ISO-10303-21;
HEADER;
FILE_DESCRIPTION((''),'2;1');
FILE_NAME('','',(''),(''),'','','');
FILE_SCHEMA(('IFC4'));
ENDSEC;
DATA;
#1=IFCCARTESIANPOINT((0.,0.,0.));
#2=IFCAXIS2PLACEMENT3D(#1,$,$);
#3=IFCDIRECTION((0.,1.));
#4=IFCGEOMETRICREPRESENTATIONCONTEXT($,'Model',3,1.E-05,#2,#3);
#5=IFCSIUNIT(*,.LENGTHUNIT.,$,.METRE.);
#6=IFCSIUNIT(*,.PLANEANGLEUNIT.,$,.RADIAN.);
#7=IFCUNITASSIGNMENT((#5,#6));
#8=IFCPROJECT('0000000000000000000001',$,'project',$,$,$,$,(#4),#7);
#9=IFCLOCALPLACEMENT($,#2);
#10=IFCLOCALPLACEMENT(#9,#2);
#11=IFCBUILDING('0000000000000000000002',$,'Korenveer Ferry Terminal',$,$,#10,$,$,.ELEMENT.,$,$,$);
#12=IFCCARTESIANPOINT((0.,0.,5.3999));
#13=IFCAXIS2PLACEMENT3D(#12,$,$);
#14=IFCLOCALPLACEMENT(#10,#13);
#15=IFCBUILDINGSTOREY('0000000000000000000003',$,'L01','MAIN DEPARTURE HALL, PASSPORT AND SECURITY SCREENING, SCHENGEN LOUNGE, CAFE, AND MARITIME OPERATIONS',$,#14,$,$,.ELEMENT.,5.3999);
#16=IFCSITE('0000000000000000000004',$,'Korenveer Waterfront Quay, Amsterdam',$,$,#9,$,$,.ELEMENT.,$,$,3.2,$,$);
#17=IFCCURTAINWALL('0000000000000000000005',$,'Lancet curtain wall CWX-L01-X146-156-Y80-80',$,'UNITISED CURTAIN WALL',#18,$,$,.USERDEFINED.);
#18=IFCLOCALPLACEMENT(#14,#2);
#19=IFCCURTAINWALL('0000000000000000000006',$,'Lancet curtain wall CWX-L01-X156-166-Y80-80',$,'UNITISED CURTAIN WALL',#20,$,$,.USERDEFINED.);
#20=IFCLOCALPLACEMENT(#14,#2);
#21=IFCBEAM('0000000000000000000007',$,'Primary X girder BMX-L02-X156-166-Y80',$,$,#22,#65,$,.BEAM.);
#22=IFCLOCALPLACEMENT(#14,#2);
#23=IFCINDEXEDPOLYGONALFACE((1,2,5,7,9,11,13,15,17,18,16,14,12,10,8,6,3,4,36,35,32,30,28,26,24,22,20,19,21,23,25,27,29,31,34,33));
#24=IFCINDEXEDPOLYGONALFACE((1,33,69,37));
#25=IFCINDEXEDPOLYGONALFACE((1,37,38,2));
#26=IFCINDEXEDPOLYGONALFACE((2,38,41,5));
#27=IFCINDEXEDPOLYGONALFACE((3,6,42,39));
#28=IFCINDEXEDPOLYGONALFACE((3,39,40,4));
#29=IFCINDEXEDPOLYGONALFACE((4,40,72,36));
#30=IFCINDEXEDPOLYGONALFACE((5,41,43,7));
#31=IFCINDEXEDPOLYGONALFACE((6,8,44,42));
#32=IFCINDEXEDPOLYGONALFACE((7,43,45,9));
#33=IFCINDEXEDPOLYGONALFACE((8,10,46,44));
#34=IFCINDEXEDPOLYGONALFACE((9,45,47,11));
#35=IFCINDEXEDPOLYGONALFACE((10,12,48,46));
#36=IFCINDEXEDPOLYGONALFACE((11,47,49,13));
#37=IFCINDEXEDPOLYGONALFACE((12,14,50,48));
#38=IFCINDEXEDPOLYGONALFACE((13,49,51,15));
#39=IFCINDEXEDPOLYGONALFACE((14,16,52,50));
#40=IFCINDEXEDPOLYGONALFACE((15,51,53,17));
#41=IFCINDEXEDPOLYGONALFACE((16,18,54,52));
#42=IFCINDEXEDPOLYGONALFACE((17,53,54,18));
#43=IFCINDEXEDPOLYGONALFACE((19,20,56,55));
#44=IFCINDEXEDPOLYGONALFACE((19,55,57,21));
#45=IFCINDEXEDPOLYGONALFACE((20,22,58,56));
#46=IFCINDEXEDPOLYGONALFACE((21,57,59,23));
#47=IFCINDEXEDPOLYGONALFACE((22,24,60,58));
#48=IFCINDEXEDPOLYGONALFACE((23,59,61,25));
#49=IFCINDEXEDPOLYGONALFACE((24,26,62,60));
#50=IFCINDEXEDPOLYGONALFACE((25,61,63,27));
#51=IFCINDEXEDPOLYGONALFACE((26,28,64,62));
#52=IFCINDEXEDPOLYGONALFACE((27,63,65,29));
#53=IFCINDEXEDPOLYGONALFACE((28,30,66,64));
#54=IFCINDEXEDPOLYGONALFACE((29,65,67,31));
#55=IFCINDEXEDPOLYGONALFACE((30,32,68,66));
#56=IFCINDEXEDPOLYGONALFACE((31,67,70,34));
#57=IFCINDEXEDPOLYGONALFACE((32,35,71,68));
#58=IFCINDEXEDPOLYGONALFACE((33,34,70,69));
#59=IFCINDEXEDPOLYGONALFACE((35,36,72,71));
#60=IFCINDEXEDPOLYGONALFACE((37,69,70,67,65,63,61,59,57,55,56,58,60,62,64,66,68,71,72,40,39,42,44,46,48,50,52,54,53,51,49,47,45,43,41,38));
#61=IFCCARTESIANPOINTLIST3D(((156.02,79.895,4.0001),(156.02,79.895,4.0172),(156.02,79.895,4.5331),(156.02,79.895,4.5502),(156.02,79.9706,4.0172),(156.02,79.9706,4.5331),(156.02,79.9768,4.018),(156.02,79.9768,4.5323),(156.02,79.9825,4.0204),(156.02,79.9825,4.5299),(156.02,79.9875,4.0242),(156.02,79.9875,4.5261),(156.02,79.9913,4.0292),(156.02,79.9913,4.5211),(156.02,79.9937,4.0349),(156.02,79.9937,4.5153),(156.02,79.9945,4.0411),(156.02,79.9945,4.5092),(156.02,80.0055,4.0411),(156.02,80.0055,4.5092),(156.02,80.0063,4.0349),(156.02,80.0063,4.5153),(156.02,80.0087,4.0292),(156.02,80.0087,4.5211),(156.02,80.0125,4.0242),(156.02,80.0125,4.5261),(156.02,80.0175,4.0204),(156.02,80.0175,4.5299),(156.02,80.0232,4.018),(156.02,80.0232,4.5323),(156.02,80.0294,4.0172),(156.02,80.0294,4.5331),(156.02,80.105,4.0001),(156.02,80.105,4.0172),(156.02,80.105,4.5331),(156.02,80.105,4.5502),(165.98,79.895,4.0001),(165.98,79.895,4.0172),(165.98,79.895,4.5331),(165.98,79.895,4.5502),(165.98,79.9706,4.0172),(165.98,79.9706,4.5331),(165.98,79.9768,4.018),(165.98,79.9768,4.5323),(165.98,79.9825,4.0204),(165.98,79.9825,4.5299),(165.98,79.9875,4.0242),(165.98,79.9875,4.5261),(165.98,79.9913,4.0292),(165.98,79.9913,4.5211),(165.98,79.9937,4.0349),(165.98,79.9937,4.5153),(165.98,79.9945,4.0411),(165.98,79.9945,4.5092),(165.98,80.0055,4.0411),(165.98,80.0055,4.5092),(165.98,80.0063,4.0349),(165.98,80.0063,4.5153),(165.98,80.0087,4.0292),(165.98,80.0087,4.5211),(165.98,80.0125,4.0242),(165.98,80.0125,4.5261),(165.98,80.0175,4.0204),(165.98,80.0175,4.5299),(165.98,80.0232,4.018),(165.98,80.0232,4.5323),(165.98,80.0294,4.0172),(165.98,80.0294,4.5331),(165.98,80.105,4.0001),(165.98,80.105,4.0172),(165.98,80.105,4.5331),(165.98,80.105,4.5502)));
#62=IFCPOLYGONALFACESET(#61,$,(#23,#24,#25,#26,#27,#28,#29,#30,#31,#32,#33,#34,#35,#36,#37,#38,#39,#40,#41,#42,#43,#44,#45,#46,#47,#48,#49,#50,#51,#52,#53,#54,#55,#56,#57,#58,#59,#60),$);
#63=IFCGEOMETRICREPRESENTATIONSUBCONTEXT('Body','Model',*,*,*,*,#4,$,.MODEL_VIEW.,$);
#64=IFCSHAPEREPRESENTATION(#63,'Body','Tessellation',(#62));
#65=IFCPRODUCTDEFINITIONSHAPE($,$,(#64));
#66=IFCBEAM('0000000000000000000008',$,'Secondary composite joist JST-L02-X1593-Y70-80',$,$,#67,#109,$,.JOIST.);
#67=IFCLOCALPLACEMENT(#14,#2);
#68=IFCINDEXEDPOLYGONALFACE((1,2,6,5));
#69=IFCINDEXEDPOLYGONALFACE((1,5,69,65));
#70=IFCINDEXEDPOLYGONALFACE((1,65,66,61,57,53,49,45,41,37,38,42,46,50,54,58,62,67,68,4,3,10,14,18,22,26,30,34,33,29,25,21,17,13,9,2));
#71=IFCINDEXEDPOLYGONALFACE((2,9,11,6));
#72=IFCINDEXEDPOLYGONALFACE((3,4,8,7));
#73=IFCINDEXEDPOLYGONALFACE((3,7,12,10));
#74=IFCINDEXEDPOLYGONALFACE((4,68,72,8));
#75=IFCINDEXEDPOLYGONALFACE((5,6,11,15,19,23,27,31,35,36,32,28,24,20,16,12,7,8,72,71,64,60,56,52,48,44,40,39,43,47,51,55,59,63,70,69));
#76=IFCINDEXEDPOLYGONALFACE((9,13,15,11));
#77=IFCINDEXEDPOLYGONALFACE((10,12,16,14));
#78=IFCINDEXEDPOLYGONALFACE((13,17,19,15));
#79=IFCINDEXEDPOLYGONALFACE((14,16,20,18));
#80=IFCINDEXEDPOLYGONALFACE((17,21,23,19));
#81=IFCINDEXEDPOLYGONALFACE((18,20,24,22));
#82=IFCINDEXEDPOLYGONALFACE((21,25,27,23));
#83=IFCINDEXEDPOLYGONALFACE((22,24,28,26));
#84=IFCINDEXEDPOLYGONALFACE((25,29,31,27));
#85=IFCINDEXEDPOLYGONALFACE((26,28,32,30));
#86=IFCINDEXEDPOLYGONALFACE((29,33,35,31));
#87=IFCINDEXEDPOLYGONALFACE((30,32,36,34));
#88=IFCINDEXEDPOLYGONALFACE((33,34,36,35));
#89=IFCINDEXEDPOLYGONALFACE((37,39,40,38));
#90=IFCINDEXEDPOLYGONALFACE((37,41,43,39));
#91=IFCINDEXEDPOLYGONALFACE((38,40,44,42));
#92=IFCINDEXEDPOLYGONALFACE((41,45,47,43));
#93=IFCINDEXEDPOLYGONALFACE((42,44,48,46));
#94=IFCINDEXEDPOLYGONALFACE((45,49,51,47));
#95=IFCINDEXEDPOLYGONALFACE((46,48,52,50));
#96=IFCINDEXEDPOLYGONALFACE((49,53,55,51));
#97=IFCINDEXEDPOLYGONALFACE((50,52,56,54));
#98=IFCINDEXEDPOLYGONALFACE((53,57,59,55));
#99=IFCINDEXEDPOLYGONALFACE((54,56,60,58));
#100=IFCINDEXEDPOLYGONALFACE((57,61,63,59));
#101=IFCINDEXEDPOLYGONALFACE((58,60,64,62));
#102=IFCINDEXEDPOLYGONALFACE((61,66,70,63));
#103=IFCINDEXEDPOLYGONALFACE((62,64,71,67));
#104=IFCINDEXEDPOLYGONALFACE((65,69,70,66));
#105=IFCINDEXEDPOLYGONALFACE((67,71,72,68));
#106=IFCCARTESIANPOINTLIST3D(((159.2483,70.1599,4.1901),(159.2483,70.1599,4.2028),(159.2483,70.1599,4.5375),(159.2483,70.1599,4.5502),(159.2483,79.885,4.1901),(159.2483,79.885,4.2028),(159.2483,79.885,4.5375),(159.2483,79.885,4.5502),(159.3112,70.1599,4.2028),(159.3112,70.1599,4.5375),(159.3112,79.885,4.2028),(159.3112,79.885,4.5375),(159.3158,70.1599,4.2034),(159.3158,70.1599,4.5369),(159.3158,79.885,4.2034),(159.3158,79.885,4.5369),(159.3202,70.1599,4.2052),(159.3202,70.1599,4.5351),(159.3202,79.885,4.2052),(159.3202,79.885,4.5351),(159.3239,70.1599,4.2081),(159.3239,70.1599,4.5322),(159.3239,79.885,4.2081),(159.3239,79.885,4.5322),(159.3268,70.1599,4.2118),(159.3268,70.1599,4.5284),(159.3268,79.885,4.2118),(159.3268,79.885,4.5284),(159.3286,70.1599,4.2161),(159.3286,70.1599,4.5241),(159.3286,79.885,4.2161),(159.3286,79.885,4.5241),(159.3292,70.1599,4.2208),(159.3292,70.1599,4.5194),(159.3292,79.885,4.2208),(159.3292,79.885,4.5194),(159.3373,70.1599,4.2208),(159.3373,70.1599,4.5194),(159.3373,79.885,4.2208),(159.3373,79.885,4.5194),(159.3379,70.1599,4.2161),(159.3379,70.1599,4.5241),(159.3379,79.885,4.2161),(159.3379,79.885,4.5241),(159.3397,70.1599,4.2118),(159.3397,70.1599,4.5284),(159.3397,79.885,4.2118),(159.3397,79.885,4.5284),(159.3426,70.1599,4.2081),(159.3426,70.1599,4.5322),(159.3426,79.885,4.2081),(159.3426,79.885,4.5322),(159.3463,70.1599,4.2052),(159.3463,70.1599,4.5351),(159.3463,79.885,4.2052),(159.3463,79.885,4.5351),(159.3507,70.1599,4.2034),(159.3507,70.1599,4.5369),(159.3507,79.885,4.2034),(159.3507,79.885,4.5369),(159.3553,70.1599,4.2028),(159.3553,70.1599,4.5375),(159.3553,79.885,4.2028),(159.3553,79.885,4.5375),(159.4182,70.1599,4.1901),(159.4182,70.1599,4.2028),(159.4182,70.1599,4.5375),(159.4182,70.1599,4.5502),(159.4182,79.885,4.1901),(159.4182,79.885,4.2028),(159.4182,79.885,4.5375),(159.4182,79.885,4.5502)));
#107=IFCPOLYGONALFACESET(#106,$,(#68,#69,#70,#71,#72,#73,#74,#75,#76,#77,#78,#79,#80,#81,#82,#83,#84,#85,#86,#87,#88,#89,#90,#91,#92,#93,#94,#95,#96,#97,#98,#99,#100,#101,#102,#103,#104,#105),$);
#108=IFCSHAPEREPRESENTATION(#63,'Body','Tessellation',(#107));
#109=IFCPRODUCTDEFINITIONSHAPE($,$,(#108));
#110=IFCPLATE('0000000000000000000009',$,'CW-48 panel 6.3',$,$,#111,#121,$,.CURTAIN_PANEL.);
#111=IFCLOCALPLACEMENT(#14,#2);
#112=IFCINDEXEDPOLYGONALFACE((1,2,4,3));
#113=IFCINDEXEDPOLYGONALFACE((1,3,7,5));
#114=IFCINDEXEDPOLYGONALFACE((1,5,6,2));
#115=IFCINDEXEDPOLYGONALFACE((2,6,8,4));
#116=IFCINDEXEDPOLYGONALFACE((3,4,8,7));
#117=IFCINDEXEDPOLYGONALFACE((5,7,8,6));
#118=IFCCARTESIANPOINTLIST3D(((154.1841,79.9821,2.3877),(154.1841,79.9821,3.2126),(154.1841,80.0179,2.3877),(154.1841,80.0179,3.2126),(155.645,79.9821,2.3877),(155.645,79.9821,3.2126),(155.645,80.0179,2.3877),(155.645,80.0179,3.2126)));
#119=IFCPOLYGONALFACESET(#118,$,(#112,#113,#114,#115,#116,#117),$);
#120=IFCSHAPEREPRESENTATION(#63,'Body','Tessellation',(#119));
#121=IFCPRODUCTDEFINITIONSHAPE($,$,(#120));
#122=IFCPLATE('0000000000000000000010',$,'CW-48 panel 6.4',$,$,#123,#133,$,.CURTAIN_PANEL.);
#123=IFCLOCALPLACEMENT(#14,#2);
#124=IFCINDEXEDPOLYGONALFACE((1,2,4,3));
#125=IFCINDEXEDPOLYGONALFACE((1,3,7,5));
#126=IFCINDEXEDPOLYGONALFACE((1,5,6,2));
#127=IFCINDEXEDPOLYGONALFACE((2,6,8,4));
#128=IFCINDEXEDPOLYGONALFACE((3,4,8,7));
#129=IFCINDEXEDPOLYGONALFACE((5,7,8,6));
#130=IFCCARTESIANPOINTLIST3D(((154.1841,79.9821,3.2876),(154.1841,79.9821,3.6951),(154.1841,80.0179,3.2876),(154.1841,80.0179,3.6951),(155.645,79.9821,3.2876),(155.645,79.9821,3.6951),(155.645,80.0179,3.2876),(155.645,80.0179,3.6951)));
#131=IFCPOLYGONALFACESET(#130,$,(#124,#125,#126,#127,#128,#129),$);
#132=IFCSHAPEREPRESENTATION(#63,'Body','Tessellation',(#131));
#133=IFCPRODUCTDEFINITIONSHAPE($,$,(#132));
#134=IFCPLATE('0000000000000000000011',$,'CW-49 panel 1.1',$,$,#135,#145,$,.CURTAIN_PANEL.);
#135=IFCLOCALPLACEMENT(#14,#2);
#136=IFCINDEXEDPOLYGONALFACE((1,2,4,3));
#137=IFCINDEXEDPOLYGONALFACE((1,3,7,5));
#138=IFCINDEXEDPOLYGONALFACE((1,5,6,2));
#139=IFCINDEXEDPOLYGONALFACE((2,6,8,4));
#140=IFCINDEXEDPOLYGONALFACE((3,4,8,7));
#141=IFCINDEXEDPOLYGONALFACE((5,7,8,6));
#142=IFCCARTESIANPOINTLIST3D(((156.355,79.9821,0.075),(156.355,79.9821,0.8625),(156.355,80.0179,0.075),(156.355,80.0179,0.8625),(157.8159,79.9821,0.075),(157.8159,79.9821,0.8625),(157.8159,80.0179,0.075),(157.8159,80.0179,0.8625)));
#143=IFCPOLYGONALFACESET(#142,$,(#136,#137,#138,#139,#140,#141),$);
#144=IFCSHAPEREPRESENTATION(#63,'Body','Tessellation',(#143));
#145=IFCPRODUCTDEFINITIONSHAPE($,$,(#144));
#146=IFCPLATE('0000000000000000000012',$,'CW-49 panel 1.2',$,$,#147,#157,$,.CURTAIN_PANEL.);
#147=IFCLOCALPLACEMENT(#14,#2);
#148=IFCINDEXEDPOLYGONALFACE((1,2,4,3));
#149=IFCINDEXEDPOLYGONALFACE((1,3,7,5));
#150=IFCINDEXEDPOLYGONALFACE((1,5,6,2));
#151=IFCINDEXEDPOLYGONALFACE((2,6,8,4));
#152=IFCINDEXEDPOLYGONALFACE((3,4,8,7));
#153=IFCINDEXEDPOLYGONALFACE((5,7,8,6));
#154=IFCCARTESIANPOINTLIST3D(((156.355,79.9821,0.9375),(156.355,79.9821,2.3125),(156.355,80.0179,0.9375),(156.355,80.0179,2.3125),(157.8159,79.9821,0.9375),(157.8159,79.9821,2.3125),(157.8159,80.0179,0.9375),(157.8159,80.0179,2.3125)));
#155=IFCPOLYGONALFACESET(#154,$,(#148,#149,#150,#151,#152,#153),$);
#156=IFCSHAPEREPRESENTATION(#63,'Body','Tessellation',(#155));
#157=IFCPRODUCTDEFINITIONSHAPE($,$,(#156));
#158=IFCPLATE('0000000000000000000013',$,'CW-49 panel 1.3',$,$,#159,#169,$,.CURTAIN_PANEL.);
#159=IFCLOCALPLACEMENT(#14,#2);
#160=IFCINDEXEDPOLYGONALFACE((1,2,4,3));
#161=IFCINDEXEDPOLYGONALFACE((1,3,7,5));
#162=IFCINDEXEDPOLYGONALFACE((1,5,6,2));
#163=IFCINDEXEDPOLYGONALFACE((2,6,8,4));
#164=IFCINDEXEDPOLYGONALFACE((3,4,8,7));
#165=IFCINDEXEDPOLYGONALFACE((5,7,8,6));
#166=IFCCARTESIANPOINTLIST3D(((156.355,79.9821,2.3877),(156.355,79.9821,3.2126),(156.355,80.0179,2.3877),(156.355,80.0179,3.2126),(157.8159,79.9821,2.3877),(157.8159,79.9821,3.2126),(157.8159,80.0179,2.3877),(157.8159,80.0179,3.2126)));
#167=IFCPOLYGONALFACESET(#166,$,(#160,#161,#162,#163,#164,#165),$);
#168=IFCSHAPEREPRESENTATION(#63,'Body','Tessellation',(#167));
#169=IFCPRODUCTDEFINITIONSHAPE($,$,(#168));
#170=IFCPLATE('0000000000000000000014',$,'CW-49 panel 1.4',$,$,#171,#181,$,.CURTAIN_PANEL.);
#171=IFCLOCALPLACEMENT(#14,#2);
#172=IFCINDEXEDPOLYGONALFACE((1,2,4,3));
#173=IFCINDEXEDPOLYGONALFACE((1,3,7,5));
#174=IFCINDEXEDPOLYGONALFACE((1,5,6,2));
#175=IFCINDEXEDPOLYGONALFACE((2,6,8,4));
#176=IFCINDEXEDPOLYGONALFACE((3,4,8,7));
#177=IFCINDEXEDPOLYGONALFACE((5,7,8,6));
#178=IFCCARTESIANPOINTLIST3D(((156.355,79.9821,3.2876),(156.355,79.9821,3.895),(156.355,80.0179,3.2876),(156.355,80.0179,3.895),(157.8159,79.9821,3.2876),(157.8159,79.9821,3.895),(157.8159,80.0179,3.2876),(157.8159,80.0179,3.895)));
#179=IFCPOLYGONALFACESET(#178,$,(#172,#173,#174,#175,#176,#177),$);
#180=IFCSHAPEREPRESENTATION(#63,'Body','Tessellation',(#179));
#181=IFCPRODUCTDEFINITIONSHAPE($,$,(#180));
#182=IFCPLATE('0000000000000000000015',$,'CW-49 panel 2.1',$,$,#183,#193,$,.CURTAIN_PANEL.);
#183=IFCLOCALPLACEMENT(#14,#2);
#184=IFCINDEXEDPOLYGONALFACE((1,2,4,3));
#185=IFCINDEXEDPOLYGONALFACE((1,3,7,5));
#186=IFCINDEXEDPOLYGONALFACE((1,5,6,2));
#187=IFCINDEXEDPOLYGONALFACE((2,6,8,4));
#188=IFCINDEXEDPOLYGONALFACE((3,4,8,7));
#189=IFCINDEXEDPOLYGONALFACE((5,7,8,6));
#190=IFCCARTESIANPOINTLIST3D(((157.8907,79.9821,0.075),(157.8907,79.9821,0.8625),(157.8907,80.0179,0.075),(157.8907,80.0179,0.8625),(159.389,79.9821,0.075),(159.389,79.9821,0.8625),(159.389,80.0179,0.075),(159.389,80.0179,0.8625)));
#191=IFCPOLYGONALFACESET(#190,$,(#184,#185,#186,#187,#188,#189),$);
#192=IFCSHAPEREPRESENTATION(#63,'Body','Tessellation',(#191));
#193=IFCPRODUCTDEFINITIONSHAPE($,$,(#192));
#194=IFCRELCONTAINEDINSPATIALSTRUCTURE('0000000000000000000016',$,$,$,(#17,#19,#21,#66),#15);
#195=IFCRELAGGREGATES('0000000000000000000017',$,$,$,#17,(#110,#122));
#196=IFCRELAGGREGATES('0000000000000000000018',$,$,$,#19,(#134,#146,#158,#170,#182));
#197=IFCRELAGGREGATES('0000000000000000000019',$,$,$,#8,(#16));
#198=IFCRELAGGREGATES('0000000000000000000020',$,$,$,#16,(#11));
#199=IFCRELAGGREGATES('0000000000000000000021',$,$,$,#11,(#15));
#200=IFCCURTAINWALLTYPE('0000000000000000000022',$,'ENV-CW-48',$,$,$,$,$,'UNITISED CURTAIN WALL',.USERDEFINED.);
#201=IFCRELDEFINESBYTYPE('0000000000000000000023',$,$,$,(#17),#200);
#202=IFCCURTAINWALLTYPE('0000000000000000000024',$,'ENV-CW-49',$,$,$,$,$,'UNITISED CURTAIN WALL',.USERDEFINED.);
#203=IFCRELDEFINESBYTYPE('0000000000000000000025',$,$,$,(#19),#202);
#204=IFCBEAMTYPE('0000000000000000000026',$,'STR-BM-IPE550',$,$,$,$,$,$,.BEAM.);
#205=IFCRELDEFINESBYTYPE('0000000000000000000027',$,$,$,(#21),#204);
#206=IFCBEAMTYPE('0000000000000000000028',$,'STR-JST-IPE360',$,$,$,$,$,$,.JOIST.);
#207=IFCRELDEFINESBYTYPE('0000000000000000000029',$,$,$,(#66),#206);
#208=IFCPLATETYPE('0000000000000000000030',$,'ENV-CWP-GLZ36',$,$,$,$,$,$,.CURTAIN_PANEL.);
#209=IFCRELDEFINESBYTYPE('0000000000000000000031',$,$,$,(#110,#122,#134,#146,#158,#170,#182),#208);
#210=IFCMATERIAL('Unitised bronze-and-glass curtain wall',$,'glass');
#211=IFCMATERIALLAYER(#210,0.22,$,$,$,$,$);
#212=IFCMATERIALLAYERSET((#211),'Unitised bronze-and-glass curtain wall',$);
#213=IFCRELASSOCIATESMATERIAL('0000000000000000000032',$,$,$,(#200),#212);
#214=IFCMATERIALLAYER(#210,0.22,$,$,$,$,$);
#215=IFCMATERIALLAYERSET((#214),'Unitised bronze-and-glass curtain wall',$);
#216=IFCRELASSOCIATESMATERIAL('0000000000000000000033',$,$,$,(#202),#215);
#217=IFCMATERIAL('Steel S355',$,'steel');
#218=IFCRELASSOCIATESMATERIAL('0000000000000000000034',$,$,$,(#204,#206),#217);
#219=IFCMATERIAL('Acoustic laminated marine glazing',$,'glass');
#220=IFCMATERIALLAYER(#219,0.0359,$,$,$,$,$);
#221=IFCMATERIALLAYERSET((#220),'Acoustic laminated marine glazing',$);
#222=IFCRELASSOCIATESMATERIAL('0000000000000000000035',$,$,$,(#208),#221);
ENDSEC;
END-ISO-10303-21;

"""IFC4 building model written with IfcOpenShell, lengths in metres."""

from ifc_helpers import new_model, si_unit, direction, frame, origin, origin_2d, place, context, subcontext, project, spatial, rectangle, i_section, extrude, material, layer, layer_set, material_profile, profile_set, type_object, element, aggregate, save


model = new_model("IFC4")

# Units and contexts
model_context = context("Model", 3, precision=1e-05, world=origin(), true_north=direction((0.0, 1.0)))
body_context = subcontext(model_context, "Body", "Model", "MODEL_VIEW")
ifc_project = project(units=[si_unit("LENGTHUNIT", "METRE"), si_unit("PLANEANGLEUNIT", "RADIAN")], contexts=[model_context])

# Site, building, storey
site_placement = place(None, origin())
site = spatial("IfcSite", under=ifc_project, at=site_placement, Name="Korenveer Waterfront Quay, Amsterdam", CompositionType="ELEMENT", RefElevation=3.2)
building_placement = place(site_placement, origin())
building = spatial("IfcBuilding", under=site, at=building_placement, Name="Korenveer Ferry Terminal", CompositionType="ELEMENT")
storey_placement = place(building_placement, frame((0.0, 0.0, 5.3999)))
storey = spatial("IfcBuildingStorey", under=building, at=storey_placement, Name="L01", Description="MAIN DEPARTURE HALL, PASSPORT AND SECURITY SCREENING, SCHENGEN LOUNGE, CAFE, AND MARITIME OPERATIONS", CompositionType="ELEMENT", Elevation=5.3999)

# Curtain wall
ifc_material_1 = material(Name="Unitised bronze-and-glass curtain wall", Category="glass")
ifc_layer_1 = layer(ifc_material_1, 0.22)
ifc_layer_set_1 = layer_set([ifc_layer_1], Name="Unitised bronze-and-glass curtain wall")
curtain_wall_type_1 = type_object("IfcCurtainWallType", Name="ENV-CW-48", ElementType="UNITISED CURTAIN WALL", PredefinedType="USERDEFINED", material=ifc_layer_set_1)
curtain_wall_1_placement = place(storey_placement, frame((146.28, 80.0, 0.0)))
curtain_wall_1 = element("IfcCurtainWall", 1, at=curtain_wall_1_placement, inside=storey, type_object=curtain_wall_type_1, Name="Lancet curtain wall CWX-L01-X146-156-Y80-80", ObjectType="UNITISED CURTAIN WALL", PredefinedType="USERDEFINED")

# Curtain wall
ifc_layer_2 = layer(ifc_material_1, 0.22)
ifc_layer_set_2 = layer_set([ifc_layer_2], Name="Unitised bronze-and-glass curtain wall")
curtain_wall_type_2 = type_object("IfcCurtainWallType", Name="ENV-CW-49", ElementType="UNITISED CURTAIN WALL", PredefinedType="USERDEFINED", material=ifc_layer_set_2)
curtain_wall_2_placement = place(storey_placement, frame((156.28, 80.0, 0.0)))
curtain_wall_2 = element("IfcCurtainWall", 2, at=curtain_wall_2_placement, inside=storey, type_object=curtain_wall_type_2, Name="Lancet curtain wall CWX-L01-X156-166-Y80-80", ObjectType="UNITISED CURTAIN WALL", PredefinedType="USERDEFINED")

# Beams
ifc_material_2 = material(Name="Steel S355", Category="steel")
ifc_material_profile_1 = material_profile(ifc_material_2, i_section(OverallWidth=0.21, OverallDepth=0.55, WebThickness=0.011, FlangeThickness=0.0171, FilletRadius=0.0239, at=origin_2d()), Name="IPE 550")
ifc_profile_set_1 = profile_set([ifc_material_profile_1], Name="Steel S355")
beam_type_1 = type_object("IfcBeamType", Name="STR-BM-IPE550", PredefinedType="BEAM", material=ifc_profile_set_1)
beam_1_placement = place(storey_placement, frame((156.02, 80.0, 4.2751), z_axis=(1.0, 0.0, 0.0), x_axis=(0.0, 1.0, 0.0)))
element("IfcBeam", 3, at=beam_1_placement, inside=storey, type_object=beam_type_1, Name="Primary X girder BMX-L02-X156-166-Y80", PredefinedType="BEAM", context=body_context, shape_type="SweptSolid", body=[
    extrude(i_section(OverallWidth=0.21, OverallDepth=0.55, WebThickness=0.011, FlangeThickness=0.0171, FilletRadius=0.0239, at=origin_2d()), origin(), (0.0, 0.0, 1.0), 9.96),
])
ifc_material_profile_2 = material_profile(ifc_material_2, i_section(OverallWidth=0.1699, OverallDepth=0.3601, WebThickness=0.0081, FlangeThickness=0.0127, FilletRadius=0.0181, at=origin_2d()), Name="IPE 360")
ifc_profile_set_2 = profile_set([ifc_material_profile_2], Name="Steel S355")
beam_type_2 = type_object("IfcBeamType", Name="STR-JST-IPE360", PredefinedType="JOIST", material=ifc_profile_set_2)
beam_2_placement = place(storey_placement, frame((159.3333, 70.1599, 4.3701), z_axis=(0.0, 1.0, 0.0), x_axis=(-1.0, 0.0, 0.0)))
element("IfcBeam", 4, at=beam_2_placement, inside=storey, type_object=beam_type_2, Name="Secondary composite joist JST-L02-X1593-Y70-80", PredefinedType="JOIST", context=body_context, shape_type="SweptSolid", body=[
    extrude(i_section(OverallWidth=0.1699, OverallDepth=0.3601, WebThickness=0.0081, FlangeThickness=0.0127, FilletRadius=0.0181, at=origin_2d()), origin(), (0.0, 0.0, 1.0), 9.7251),
])

# Plates
ifc_material_3 = material(Name="Acoustic laminated marine glazing", Category="glass")
ifc_layer_3 = layer(ifc_material_3, 0.0359)
ifc_layer_set_3 = layer_set([ifc_layer_3], Name="Acoustic laminated marine glazing")
plate_type = type_object("IfcPlateType", Name="ENV-CWP-GLZ36", PredefinedType="CURTAIN_PANEL", material=ifc_layer_set_3)
plate_1_placement = place(storey_placement, frame((154.9146, 80.0, 2.3877), z_axis=(0.0, 0.0, 1.0), x_axis=(1.0, 0.0, 0.0)))
plate_1 = element("IfcPlate", 5, at=plate_1_placement, type_object=plate_type, Name="CW-48 panel 6.3", PredefinedType="CURTAIN_PANEL", context=body_context, shape_type="SweptSolid", body=[
    extrude(rectangle(XDim=1.4609, YDim=0.0359, at=origin_2d()), origin(), (0.0, 0.0, 1.0), 0.825),
])
plate_2_placement = place(storey_placement, frame((154.9146, 80.0, 3.2876), z_axis=(0.0, 0.0, 1.0), x_axis=(1.0, 0.0, 0.0)))
plate_2 = element("IfcPlate", 6, at=plate_2_placement, type_object=plate_type, Name="CW-48 panel 6.4", PredefinedType="CURTAIN_PANEL", context=body_context, shape_type="SweptSolid", body=[
    extrude(rectangle(XDim=1.4609, YDim=0.0359, at=origin_2d()), origin(), (0.0, 0.0, 1.0), 0.4075),
])
aggregate(curtain_wall_1, [plate_1, plate_2])
plate_3_placement = place(storey_placement, frame((157.0854, 80.0, 0.075), z_axis=(0.0, 0.0, 1.0), x_axis=(1.0, 0.0, 0.0)))
plate_3 = element("IfcPlate", 7, at=plate_3_placement, type_object=plate_type, Name="CW-49 panel 1.1", PredefinedType="CURTAIN_PANEL", context=body_context, shape_type="SweptSolid", body=[
    extrude(rectangle(XDim=1.4609, YDim=0.0359, at=origin_2d()), origin(), (0.0, 0.0, 1.0), 0.7876),
])
plate_4_placement = place(storey_placement, frame((157.0854, 80.0, 0.9375), z_axis=(0.0, 0.0, 1.0), x_axis=(1.0, 0.0, 0.0)))
plate_4 = element("IfcPlate", 8, at=plate_4_placement, type_object=plate_type, Name="CW-49 panel 1.2", PredefinedType="CURTAIN_PANEL", context=body_context, shape_type="SweptSolid", body=[
    extrude(rectangle(XDim=1.4609, YDim=0.0359, at=origin_2d()), origin(), (0.0, 0.0, 1.0), 1.375),
])
plate_5_placement = place(storey_placement, frame((157.0854, 80.0, 2.3877), z_axis=(0.0, 0.0, 1.0), x_axis=(1.0, 0.0, 0.0)))
plate_5 = element("IfcPlate", 9, at=plate_5_placement, type_object=plate_type, Name="CW-49 panel 1.3", PredefinedType="CURTAIN_PANEL", context=body_context, shape_type="SweptSolid", body=[
    extrude(rectangle(XDim=1.4609, YDim=0.0359, at=origin_2d()), origin(), (0.0, 0.0, 1.0), 0.825),
])
plate_6_placement = place(storey_placement, frame((157.0854, 80.0, 3.2876), z_axis=(0.0, 0.0, 1.0), x_axis=(1.0, 0.0, 0.0)))
plate_6 = element("IfcPlate", 10, at=plate_6_placement, type_object=plate_type, Name="CW-49 panel 1.4", PredefinedType="CURTAIN_PANEL", context=body_context, shape_type="SweptSolid", body=[
    extrude(rectangle(XDim=1.4609, YDim=0.0359, at=origin_2d()), origin(), (0.0, 0.0, 1.0), 0.6074),
])
plate_7_placement = place(storey_placement, frame((158.6399, 80.0, 0.075), z_axis=(0.0, 0.0, 1.0), x_axis=(1.0, 0.0, 0.0)))
plate_7 = element("IfcPlate", 11, at=plate_7_placement, type_object=plate_type, Name="CW-49 panel 2.1", PredefinedType="CURTAIN_PANEL", context=body_context, shape_type="SweptSolid", body=[
    extrude(rectangle(XDim=1.4983, YDim=0.0359, at=origin_2d()), origin(), (0.0, 0.0, 1.0), 0.7876),
])
aggregate(curtain_wall_2, [plate_3, plate_4, plate_5, plate_6, plate_7])

save(model, "model.ifc")
